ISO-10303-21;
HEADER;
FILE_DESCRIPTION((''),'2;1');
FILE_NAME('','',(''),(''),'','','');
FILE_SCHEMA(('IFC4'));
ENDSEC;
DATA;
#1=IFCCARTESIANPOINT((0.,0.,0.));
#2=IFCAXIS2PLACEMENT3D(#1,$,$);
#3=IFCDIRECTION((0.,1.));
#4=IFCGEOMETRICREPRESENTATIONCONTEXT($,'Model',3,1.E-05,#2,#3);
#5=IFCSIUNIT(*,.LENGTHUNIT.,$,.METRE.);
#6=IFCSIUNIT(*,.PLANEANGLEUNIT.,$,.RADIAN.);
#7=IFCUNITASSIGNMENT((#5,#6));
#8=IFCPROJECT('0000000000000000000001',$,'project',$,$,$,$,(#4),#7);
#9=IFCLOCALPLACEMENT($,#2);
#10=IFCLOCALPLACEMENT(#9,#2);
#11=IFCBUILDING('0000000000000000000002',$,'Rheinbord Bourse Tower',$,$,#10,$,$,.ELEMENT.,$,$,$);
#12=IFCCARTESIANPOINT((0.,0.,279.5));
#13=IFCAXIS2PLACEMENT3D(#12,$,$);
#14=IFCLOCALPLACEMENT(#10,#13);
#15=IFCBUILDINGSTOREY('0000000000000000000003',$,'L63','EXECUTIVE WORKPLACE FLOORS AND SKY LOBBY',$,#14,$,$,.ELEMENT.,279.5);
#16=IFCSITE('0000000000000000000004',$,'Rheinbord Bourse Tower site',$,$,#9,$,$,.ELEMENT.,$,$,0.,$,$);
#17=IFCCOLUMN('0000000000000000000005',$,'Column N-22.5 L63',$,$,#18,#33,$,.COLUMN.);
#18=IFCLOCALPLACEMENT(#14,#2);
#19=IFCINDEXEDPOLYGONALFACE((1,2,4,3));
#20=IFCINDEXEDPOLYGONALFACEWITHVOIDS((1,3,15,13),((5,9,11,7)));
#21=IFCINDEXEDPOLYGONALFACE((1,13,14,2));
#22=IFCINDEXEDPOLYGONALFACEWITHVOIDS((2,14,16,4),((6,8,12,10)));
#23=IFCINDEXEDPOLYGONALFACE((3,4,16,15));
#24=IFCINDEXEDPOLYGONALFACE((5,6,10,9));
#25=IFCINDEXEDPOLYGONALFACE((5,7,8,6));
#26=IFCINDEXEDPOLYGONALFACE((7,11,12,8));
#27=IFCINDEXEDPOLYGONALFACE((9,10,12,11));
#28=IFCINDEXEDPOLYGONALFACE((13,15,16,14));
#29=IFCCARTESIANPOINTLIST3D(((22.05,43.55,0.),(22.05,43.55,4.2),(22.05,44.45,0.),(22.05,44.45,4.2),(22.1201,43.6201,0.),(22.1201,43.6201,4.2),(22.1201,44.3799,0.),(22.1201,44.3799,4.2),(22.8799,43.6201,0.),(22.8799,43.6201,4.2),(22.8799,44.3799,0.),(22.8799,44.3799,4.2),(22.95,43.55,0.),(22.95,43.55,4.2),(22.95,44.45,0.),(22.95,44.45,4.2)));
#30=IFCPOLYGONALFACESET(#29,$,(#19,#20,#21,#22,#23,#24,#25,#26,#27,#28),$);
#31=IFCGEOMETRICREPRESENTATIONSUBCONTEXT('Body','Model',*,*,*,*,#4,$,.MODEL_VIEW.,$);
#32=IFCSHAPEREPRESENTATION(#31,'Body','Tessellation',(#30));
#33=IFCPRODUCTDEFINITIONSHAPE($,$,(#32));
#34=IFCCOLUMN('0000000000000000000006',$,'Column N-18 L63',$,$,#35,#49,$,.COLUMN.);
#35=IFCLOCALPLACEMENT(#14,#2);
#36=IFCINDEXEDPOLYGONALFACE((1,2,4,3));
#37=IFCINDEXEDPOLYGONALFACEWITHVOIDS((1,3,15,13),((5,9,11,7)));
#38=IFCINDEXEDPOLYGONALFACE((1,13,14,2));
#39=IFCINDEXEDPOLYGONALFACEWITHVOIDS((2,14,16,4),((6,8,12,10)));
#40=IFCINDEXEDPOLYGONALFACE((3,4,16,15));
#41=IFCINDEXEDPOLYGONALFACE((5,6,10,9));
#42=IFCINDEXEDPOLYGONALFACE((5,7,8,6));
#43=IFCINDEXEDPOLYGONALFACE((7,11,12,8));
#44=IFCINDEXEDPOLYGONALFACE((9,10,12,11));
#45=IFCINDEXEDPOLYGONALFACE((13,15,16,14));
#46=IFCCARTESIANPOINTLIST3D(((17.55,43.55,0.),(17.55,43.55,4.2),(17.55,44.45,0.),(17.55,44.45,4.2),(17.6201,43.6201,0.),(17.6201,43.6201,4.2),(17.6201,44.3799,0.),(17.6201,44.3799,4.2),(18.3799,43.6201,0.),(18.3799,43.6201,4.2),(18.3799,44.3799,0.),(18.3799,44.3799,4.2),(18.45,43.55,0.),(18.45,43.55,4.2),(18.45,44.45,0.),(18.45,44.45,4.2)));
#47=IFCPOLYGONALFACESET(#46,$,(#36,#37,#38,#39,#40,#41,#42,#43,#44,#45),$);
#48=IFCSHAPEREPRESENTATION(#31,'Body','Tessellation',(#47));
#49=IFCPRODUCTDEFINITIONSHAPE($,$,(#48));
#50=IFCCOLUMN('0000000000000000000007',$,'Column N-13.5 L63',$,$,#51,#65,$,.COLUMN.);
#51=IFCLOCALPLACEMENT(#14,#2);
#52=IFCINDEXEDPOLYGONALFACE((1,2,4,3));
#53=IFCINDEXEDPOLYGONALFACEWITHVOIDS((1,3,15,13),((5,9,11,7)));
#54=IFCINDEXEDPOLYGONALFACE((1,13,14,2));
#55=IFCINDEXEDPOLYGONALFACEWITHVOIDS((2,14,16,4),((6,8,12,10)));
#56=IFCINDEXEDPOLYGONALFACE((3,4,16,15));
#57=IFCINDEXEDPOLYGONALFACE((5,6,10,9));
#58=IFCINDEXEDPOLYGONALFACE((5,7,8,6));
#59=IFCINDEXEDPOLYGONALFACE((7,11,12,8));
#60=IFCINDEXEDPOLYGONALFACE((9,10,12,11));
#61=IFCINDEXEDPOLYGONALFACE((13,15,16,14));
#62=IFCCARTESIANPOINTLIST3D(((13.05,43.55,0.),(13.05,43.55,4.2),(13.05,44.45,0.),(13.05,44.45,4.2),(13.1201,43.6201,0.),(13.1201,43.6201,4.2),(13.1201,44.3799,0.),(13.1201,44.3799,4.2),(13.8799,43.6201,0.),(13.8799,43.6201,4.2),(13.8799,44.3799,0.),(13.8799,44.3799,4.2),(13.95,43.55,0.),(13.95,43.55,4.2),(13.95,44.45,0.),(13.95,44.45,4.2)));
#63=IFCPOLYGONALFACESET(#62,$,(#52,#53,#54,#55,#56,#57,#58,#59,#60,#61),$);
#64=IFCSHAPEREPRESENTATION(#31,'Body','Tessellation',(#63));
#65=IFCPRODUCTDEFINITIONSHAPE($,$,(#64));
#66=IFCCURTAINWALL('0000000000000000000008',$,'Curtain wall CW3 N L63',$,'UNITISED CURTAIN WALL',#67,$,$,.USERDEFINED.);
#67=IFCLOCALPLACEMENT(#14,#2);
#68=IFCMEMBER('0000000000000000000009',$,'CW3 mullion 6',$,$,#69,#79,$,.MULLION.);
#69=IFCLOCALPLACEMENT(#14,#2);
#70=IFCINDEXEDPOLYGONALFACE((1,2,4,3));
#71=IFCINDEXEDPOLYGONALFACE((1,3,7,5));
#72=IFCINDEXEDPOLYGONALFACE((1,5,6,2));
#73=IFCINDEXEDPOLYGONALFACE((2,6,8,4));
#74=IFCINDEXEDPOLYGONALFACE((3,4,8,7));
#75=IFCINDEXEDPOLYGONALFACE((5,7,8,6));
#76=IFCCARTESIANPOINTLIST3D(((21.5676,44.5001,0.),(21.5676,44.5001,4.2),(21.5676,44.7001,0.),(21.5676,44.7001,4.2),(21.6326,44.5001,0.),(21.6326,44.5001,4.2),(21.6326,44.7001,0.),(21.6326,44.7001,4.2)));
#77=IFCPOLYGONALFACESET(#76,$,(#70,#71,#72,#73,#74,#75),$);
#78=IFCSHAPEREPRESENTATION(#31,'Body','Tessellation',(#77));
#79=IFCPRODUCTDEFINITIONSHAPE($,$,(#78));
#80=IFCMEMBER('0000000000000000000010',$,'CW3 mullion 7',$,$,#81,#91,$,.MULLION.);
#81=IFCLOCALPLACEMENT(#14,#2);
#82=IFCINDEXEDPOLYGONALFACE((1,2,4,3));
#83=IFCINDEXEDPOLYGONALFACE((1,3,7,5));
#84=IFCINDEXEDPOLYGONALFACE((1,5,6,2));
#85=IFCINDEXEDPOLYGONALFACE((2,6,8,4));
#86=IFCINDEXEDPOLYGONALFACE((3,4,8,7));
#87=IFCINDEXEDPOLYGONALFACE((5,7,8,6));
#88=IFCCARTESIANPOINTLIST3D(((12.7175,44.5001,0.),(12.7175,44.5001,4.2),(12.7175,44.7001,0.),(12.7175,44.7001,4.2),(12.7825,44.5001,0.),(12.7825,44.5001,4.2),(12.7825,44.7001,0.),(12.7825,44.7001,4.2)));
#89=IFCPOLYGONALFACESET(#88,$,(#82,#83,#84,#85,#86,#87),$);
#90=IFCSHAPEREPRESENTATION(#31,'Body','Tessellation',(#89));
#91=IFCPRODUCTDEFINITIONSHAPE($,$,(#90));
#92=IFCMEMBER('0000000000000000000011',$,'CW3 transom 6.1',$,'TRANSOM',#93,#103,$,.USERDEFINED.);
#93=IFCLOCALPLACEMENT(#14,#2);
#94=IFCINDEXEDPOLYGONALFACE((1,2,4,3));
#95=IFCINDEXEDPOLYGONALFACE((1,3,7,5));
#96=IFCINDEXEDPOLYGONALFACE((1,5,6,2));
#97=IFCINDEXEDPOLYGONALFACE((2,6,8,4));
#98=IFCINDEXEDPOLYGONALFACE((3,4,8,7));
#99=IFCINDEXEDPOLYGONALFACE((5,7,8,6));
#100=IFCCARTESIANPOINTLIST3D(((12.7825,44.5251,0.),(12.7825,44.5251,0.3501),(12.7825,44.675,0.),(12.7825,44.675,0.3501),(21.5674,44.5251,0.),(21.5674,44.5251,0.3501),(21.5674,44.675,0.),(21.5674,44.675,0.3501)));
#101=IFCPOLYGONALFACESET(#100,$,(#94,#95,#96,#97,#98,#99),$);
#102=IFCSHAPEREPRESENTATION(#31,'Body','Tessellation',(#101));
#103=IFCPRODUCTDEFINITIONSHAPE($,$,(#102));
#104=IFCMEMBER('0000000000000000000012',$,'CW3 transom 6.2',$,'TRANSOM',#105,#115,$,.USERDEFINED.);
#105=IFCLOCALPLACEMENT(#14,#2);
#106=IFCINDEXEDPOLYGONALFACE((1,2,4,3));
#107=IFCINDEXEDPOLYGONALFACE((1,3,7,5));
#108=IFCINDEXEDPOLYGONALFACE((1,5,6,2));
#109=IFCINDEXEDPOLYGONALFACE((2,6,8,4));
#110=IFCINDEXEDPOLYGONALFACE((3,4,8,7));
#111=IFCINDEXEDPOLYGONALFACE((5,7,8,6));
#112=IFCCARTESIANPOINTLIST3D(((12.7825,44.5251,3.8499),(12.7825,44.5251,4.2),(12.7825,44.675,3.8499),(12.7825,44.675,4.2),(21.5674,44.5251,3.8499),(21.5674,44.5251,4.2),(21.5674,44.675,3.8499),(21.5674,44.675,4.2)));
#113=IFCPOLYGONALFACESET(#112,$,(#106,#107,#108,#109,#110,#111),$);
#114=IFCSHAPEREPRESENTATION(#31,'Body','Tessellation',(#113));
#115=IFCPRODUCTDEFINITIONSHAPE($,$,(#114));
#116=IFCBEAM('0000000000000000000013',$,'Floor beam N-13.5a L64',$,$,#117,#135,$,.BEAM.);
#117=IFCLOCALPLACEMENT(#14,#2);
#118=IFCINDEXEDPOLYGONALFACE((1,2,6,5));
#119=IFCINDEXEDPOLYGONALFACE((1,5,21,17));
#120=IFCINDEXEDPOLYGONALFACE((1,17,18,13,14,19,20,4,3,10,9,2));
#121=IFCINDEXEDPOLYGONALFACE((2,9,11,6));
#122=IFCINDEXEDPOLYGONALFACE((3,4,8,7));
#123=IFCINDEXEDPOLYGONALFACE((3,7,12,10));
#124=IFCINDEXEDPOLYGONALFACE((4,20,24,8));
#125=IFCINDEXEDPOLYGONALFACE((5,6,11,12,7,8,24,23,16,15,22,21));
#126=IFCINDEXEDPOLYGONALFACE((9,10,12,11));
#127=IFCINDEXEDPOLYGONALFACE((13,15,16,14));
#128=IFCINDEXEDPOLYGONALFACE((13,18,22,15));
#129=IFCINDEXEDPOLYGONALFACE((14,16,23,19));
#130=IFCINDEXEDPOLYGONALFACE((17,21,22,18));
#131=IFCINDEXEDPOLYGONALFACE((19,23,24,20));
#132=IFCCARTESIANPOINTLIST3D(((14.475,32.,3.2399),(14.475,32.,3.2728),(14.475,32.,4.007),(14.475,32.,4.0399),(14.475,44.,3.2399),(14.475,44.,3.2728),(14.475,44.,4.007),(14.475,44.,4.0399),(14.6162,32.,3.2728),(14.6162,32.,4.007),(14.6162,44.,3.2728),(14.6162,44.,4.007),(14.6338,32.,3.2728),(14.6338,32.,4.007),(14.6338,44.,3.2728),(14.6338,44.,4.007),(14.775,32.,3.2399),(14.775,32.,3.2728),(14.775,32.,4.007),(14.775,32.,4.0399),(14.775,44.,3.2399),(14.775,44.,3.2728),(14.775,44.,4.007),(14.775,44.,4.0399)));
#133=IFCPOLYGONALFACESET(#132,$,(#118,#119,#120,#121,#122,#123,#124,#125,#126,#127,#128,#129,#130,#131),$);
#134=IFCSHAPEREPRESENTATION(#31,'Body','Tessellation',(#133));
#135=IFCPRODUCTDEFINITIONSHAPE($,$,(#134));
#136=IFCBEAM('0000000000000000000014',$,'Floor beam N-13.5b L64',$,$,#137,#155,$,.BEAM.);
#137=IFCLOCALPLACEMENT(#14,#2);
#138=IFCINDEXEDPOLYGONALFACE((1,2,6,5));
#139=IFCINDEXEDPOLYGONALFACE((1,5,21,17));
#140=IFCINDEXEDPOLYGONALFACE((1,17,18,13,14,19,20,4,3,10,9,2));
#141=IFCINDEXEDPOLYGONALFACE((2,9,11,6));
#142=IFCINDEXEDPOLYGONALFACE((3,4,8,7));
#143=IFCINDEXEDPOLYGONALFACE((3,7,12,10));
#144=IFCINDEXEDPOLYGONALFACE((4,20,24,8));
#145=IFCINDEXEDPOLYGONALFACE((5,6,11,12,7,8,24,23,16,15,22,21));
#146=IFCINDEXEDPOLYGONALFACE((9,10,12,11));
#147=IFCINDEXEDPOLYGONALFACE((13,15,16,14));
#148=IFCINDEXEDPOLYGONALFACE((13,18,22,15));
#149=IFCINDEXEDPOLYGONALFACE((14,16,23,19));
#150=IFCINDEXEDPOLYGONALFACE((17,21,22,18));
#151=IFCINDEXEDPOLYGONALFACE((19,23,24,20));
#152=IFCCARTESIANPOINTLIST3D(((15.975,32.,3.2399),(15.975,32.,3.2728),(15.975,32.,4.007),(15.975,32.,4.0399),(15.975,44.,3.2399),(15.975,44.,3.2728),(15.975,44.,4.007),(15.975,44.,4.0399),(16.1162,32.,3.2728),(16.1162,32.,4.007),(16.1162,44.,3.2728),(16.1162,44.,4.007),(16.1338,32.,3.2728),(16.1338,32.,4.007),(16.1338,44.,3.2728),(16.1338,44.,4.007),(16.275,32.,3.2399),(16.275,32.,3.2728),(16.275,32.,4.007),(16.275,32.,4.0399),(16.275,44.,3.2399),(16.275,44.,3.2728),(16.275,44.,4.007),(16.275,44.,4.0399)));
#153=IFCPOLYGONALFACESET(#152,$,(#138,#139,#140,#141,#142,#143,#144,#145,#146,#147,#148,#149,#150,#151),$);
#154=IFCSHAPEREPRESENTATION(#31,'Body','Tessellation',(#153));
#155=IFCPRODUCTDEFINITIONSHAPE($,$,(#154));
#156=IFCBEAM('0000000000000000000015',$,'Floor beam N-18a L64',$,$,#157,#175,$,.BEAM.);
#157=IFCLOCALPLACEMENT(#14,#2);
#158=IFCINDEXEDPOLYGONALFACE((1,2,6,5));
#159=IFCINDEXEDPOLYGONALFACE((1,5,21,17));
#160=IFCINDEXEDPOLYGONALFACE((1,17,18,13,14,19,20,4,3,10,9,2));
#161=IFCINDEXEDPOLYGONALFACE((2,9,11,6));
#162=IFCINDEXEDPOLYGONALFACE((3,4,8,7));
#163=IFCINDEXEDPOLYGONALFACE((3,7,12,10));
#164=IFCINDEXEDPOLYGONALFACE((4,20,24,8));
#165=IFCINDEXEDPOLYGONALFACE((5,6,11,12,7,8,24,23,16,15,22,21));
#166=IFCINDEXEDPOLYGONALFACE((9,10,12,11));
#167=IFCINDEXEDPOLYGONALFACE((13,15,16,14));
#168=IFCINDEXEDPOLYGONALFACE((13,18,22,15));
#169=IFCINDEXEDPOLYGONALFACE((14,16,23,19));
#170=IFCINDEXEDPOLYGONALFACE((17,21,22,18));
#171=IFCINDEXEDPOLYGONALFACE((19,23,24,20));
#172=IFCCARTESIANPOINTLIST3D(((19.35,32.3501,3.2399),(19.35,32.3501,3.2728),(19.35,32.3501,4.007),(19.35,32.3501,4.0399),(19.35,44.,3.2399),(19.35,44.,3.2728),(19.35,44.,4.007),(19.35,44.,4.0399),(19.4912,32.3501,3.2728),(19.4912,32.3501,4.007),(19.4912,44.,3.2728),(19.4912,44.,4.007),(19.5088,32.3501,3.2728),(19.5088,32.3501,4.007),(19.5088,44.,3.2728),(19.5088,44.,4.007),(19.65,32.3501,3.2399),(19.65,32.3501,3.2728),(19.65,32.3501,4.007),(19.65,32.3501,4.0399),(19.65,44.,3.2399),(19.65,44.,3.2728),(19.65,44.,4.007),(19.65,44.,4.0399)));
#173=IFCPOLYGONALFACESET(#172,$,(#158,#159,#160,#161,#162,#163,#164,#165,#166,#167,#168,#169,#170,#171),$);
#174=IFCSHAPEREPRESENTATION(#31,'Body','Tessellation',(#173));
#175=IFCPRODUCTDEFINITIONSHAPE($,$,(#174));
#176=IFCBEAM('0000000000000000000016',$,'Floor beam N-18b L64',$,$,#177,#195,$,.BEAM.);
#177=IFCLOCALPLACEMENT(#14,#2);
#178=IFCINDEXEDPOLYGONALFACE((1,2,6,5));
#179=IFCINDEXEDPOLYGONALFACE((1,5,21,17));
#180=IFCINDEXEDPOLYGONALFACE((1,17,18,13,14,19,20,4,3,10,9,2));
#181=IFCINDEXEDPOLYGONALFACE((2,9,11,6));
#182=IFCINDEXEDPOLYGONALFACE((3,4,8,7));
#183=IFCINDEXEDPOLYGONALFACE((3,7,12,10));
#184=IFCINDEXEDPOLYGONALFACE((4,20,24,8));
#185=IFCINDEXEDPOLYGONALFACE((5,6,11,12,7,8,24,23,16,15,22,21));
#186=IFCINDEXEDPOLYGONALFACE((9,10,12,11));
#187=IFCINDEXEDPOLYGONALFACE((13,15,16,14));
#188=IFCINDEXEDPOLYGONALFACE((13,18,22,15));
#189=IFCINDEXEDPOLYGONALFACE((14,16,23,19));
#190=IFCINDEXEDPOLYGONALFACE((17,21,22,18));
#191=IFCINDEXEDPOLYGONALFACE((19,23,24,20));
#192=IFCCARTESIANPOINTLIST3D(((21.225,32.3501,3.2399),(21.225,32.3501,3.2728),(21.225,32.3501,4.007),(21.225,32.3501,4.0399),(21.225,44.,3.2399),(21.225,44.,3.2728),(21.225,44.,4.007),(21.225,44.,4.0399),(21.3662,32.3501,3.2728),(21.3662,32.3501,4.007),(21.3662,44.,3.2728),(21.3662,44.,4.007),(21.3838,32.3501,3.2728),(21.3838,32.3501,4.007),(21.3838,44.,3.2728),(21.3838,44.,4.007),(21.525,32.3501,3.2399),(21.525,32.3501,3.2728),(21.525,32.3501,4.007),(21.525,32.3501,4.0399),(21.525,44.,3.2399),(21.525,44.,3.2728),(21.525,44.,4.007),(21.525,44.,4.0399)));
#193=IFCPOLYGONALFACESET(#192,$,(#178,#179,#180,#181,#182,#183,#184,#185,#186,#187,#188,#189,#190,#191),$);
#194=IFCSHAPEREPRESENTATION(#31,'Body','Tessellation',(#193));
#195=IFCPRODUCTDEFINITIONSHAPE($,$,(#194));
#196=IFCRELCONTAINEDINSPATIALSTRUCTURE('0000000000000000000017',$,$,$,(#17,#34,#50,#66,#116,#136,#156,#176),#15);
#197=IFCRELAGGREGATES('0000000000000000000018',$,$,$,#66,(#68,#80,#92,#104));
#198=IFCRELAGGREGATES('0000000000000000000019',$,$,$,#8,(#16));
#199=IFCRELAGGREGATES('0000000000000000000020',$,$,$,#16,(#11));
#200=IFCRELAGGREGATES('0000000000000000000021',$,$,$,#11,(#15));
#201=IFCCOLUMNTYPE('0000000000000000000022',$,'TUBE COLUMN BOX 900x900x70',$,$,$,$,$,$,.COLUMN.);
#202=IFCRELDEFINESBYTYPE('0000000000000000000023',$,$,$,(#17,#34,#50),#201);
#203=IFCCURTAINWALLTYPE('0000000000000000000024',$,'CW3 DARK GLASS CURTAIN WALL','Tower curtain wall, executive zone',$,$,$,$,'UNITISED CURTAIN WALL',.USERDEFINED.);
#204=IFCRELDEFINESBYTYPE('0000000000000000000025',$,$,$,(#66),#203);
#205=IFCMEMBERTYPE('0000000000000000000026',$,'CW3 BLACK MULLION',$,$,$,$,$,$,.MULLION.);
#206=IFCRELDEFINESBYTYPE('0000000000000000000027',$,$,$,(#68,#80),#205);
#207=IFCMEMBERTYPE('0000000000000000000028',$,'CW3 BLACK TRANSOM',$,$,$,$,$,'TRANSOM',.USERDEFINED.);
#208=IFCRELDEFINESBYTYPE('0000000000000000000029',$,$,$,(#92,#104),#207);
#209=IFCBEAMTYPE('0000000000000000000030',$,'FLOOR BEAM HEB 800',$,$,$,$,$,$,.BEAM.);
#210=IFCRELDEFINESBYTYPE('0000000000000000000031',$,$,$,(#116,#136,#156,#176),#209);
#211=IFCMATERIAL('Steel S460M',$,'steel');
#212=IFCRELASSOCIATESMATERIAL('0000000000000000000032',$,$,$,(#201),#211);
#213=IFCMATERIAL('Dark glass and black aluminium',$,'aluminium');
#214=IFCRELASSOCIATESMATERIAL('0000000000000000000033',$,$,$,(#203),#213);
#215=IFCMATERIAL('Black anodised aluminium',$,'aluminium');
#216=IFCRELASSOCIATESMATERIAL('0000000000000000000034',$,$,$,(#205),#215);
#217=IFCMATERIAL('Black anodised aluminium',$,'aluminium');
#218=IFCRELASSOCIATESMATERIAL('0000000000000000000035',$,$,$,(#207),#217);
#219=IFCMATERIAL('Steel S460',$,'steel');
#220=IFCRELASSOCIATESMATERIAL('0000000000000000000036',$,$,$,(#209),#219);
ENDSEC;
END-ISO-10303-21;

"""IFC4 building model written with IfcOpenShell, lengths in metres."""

from ifc_helpers import new_model, si_unit, direction, frame, origin, origin_2d, place, context, subcontext, project, spatial, rectangle, hollow_rectangle, i_section, extrude, material, material_profile, profile_set, type_object, element, aggregate, save


model = new_model("IFC4")

# Units and contexts
model_context = context("Model", 3, precision=1e-05, world=origin(), true_north=direction((0.0, 1.0)))
body_context = subcontext(model_context, "Body", "Model", "MODEL_VIEW")
ifc_project = project(units=[si_unit("LENGTHUNIT", "METRE"), si_unit("PLANEANGLEUNIT", "RADIAN")], contexts=[model_context])

# Site, building, storey
site_placement = place(None, origin())
site = spatial("IfcSite", under=ifc_project, at=site_placement, Name="Rheinbord Bourse Tower site", CompositionType="ELEMENT", RefElevation=0.0)
building_placement = place(site_placement, origin())
building = spatial("IfcBuilding", under=site, at=building_placement, Name="Rheinbord Bourse Tower", CompositionType="ELEMENT")
storey_placement = place(building_placement, frame((0.0, 0.0, 279.5)))
storey = spatial("IfcBuildingStorey", under=building, at=storey_placement, Name="L63", Description="EXECUTIVE WORKPLACE FLOORS AND SKY LOBBY", CompositionType="ELEMENT", Elevation=279.5)

# Columns
ifc_material_1 = material(Name="Steel S460M", Category="steel")
ifc_material_profile_1 = material_profile(ifc_material_1, hollow_rectangle(XDim=0.8999, YDim=0.8999, WallThickness=0.0701, at=origin_2d()), Name="BOX 900x900x70")
ifc_profile_set_1 = profile_set([ifc_material_profile_1], Name="Steel S460M")
column_type = type_object("IfcColumnType", Name="TUBE COLUMN BOX 900x900x70", PredefinedType="COLUMN", material=ifc_profile_set_1)
for number, where, z_axis, x_axis, name in (
    (1, (22.5, 44.0, 0.0), (0.0, 0.0, 1.0), (0.0, 1.0, 0.0), "Column N-22.5 L63"),
    (2, (18.0, 44.0, 0.0), (0.0, 0.0, 1.0), (0.0, 1.0, 0.0), "Column N-18 L63"),
    (3, (13.5, 44.0, 0.0), (0.0, 0.0, 1.0), (0.0, 1.0, 0.0), "Column N-13.5 L63"),
):
    element("IfcColumn", number, at=place(storey_placement, frame(where, z_axis=z_axis, x_axis=x_axis)), inside=storey, type_object=column_type, Name=name, PredefinedType="COLUMN", context=body_context, shape_type="SweptSolid", body=[
        extrude(hollow_rectangle(XDim=0.8999, YDim=0.8999, WallThickness=0.0701, at=origin_2d()), origin(), (0.0, 0.0, 1.0), 4.2),
    ])

# Curtain wall, members
ifc_material_2 = material(Name="Dark glass and black aluminium", Category="aluminium")
curtain_wall_type = type_object("IfcCurtainWallType", Name="CW3 DARK GLASS CURTAIN WALL", Description="Tower curtain wall, executive zone", ElementType="UNITISED CURTAIN WALL", PredefinedType="USERDEFINED", material=ifc_material_2)
curtain_wall_placement = place(storey_placement, origin())
curtain_wall = element("IfcCurtainWall", 4, at=curtain_wall_placement, inside=storey, type_object=curtain_wall_type, Name="Curtain wall CW3 N L63", ObjectType="UNITISED CURTAIN WALL", PredefinedType="USERDEFINED")
ifc_material_3 = material(Name="Black anodised aluminium", Category="aluminium")
ifc_material_profile_2 = material_profile(ifc_material_3, rectangle(XDim=0.2, YDim=0.0649, at=origin_2d()), Name="CW3 MULLION 65x200")
ifc_profile_set_2 = profile_set([ifc_material_profile_2], Name="Black anodised aluminium")
member_type_1 = type_object("IfcMemberType", Name="CW3 BLACK MULLION", PredefinedType="MULLION", material=ifc_profile_set_2)
member_1_placement = place(storey_placement, frame((21.6001, 44.6001, 0.0), z_axis=(0.0, 0.0, 1.0), x_axis=(0.0, -1.0, 0.0)))
member_1 = element("IfcMember", 5, at=member_1_placement, type_object=member_type_1, Name="CW3 mullion 6", PredefinedType="MULLION", context=body_context, shape_type="SweptSolid", body=[
    extrude(rectangle(XDim=0.2, YDim=0.0649, at=origin_2d()), origin(), (0.0, 0.0, 1.0), 4.2),
])
member_2_placement = place(storey_placement, frame((12.75, 44.6001, 0.0), z_axis=(0.0, 0.0, 1.0), x_axis=(0.0, -1.0, 0.0)))
member_2 = element("IfcMember", 6, at=member_2_placement, type_object=member_type_1, Name="CW3 mullion 7", PredefinedType="MULLION", context=body_context, shape_type="SweptSolid", body=[
    extrude(rectangle(XDim=0.2, YDim=0.0649, at=origin_2d()), origin(), (0.0, 0.0, 1.0), 4.2),
])
ifc_material_4 = material(Name="Black anodised aluminium", Category="aluminium")
ifc_material_profile_3 = material_profile(ifc_material_4, rectangle(XDim=0.1499, YDim=0.3501, at=origin_2d()), Name="CW3 TRANSOM 350x150")
ifc_profile_set_3 = profile_set([ifc_material_profile_3], Name="Black anodised aluminium")
member_type_2 = type_object("IfcMemberType", Name="CW3 BLACK TRANSOM", ElementType="TRANSOM", PredefinedType="USERDEFINED", material=ifc_profile_set_3)
member_3_placement = place(storey_placement, frame((21.5674, 44.6001, 0.175), z_axis=(-1.0, 0.0, 0.0), x_axis=(0.0, -1.0, 0.0)))
member_3 = element("IfcMember", 7, at=member_3_placement, type_object=member_type_2, Name="CW3 transom 6.1", ObjectType="TRANSOM", PredefinedType="USERDEFINED", context=body_context, shape_type="SweptSolid", body=[
    extrude(rectangle(XDim=0.1499, YDim=0.3501, at=origin_2d()), origin(), (0.0, 0.0, 1.0), 8.7849),
])
member_4_placement = place(storey_placement, frame((21.5674, 44.6001, 4.0249), z_axis=(-1.0, 0.0, 0.0), x_axis=(0.0, -1.0, 0.0)))
member_4 = element("IfcMember", 8, at=member_4_placement, type_object=member_type_2, Name="CW3 transom 6.2", ObjectType="TRANSOM", PredefinedType="USERDEFINED", context=body_context, shape_type="SweptSolid", body=[
    extrude(rectangle(XDim=0.1499, YDim=0.3501, at=origin_2d()), origin(), (0.0, 0.0, 1.0), 8.7849),
])

# Beams
ifc_material_5 = material(Name="Steel S460", Category="steel")
ifc_material_profile_4 = material_profile(ifc_material_5, i_section(OverallWidth=0.3, OverallDepth=0.8, WebThickness=0.0176, FlangeThickness=0.033, at=origin_2d()), Name="HEB 800")
ifc_profile_set_4 = profile_set([ifc_material_profile_4], Name="Steel S460")
beam_type_1 = type_object("IfcBeamType", Name="FLOOR BEAM HEB 800", PredefinedType="BEAM", material=ifc_profile_set_4)
for number, where, z_axis, x_axis, name in (
    (9, (14.625, 44.0, 3.6399), (0.0, -1.0, 0.0), (1.0, 0.0, 0.0), "Floor beam N-13.5a L64"),
    (10, (16.125, 44.0, 3.6399), (0.0, -1.0, 0.0), (1.0, 0.0, 0.0), "Floor beam N-13.5b L64"),
):
    element("IfcBeam", number, at=place(storey_placement, frame(where, z_axis=z_axis, x_axis=x_axis)), inside=storey, type_object=beam_type_1, Name=name, PredefinedType="BEAM", context=body_context, shape_type="SweptSolid", body=[
        extrude(i_section(OverallWidth=0.3, OverallDepth=0.8, WebThickness=0.0176, FlangeThickness=0.033, at=origin_2d()), origin(), (0.0, 0.0, 1.0), 12.0),
    ])
for number, where, z_axis, x_axis, name in (
    (11, (19.5, 44.0, 3.6399), (0.0, -1.0, 0.0), (1.0, 0.0, 0.0), "Floor beam N-18a L64"),
    (12, (21.375, 44.0, 3.6399), (0.0, -1.0, 0.0), (1.0, 0.0, 0.0), "Floor beam N-18b L64"),
):
    element("IfcBeam", number, at=place(storey_placement, frame(where, z_axis=z_axis, x_axis=x_axis)), inside=storey, type_object=beam_type_1, Name=name, PredefinedType="BEAM", context=body_context, shape_type="SweptSolid", body=[
        extrude(i_section(OverallWidth=0.3, OverallDepth=0.8, WebThickness=0.0176, FlangeThickness=0.033, at=origin_2d()), origin(), (0.0, 0.0, 1.0), 11.6499),
    ])

aggregate(curtain_wall, [member_1, member_2, member_3, member_4])

save(model, "model.ifc")
